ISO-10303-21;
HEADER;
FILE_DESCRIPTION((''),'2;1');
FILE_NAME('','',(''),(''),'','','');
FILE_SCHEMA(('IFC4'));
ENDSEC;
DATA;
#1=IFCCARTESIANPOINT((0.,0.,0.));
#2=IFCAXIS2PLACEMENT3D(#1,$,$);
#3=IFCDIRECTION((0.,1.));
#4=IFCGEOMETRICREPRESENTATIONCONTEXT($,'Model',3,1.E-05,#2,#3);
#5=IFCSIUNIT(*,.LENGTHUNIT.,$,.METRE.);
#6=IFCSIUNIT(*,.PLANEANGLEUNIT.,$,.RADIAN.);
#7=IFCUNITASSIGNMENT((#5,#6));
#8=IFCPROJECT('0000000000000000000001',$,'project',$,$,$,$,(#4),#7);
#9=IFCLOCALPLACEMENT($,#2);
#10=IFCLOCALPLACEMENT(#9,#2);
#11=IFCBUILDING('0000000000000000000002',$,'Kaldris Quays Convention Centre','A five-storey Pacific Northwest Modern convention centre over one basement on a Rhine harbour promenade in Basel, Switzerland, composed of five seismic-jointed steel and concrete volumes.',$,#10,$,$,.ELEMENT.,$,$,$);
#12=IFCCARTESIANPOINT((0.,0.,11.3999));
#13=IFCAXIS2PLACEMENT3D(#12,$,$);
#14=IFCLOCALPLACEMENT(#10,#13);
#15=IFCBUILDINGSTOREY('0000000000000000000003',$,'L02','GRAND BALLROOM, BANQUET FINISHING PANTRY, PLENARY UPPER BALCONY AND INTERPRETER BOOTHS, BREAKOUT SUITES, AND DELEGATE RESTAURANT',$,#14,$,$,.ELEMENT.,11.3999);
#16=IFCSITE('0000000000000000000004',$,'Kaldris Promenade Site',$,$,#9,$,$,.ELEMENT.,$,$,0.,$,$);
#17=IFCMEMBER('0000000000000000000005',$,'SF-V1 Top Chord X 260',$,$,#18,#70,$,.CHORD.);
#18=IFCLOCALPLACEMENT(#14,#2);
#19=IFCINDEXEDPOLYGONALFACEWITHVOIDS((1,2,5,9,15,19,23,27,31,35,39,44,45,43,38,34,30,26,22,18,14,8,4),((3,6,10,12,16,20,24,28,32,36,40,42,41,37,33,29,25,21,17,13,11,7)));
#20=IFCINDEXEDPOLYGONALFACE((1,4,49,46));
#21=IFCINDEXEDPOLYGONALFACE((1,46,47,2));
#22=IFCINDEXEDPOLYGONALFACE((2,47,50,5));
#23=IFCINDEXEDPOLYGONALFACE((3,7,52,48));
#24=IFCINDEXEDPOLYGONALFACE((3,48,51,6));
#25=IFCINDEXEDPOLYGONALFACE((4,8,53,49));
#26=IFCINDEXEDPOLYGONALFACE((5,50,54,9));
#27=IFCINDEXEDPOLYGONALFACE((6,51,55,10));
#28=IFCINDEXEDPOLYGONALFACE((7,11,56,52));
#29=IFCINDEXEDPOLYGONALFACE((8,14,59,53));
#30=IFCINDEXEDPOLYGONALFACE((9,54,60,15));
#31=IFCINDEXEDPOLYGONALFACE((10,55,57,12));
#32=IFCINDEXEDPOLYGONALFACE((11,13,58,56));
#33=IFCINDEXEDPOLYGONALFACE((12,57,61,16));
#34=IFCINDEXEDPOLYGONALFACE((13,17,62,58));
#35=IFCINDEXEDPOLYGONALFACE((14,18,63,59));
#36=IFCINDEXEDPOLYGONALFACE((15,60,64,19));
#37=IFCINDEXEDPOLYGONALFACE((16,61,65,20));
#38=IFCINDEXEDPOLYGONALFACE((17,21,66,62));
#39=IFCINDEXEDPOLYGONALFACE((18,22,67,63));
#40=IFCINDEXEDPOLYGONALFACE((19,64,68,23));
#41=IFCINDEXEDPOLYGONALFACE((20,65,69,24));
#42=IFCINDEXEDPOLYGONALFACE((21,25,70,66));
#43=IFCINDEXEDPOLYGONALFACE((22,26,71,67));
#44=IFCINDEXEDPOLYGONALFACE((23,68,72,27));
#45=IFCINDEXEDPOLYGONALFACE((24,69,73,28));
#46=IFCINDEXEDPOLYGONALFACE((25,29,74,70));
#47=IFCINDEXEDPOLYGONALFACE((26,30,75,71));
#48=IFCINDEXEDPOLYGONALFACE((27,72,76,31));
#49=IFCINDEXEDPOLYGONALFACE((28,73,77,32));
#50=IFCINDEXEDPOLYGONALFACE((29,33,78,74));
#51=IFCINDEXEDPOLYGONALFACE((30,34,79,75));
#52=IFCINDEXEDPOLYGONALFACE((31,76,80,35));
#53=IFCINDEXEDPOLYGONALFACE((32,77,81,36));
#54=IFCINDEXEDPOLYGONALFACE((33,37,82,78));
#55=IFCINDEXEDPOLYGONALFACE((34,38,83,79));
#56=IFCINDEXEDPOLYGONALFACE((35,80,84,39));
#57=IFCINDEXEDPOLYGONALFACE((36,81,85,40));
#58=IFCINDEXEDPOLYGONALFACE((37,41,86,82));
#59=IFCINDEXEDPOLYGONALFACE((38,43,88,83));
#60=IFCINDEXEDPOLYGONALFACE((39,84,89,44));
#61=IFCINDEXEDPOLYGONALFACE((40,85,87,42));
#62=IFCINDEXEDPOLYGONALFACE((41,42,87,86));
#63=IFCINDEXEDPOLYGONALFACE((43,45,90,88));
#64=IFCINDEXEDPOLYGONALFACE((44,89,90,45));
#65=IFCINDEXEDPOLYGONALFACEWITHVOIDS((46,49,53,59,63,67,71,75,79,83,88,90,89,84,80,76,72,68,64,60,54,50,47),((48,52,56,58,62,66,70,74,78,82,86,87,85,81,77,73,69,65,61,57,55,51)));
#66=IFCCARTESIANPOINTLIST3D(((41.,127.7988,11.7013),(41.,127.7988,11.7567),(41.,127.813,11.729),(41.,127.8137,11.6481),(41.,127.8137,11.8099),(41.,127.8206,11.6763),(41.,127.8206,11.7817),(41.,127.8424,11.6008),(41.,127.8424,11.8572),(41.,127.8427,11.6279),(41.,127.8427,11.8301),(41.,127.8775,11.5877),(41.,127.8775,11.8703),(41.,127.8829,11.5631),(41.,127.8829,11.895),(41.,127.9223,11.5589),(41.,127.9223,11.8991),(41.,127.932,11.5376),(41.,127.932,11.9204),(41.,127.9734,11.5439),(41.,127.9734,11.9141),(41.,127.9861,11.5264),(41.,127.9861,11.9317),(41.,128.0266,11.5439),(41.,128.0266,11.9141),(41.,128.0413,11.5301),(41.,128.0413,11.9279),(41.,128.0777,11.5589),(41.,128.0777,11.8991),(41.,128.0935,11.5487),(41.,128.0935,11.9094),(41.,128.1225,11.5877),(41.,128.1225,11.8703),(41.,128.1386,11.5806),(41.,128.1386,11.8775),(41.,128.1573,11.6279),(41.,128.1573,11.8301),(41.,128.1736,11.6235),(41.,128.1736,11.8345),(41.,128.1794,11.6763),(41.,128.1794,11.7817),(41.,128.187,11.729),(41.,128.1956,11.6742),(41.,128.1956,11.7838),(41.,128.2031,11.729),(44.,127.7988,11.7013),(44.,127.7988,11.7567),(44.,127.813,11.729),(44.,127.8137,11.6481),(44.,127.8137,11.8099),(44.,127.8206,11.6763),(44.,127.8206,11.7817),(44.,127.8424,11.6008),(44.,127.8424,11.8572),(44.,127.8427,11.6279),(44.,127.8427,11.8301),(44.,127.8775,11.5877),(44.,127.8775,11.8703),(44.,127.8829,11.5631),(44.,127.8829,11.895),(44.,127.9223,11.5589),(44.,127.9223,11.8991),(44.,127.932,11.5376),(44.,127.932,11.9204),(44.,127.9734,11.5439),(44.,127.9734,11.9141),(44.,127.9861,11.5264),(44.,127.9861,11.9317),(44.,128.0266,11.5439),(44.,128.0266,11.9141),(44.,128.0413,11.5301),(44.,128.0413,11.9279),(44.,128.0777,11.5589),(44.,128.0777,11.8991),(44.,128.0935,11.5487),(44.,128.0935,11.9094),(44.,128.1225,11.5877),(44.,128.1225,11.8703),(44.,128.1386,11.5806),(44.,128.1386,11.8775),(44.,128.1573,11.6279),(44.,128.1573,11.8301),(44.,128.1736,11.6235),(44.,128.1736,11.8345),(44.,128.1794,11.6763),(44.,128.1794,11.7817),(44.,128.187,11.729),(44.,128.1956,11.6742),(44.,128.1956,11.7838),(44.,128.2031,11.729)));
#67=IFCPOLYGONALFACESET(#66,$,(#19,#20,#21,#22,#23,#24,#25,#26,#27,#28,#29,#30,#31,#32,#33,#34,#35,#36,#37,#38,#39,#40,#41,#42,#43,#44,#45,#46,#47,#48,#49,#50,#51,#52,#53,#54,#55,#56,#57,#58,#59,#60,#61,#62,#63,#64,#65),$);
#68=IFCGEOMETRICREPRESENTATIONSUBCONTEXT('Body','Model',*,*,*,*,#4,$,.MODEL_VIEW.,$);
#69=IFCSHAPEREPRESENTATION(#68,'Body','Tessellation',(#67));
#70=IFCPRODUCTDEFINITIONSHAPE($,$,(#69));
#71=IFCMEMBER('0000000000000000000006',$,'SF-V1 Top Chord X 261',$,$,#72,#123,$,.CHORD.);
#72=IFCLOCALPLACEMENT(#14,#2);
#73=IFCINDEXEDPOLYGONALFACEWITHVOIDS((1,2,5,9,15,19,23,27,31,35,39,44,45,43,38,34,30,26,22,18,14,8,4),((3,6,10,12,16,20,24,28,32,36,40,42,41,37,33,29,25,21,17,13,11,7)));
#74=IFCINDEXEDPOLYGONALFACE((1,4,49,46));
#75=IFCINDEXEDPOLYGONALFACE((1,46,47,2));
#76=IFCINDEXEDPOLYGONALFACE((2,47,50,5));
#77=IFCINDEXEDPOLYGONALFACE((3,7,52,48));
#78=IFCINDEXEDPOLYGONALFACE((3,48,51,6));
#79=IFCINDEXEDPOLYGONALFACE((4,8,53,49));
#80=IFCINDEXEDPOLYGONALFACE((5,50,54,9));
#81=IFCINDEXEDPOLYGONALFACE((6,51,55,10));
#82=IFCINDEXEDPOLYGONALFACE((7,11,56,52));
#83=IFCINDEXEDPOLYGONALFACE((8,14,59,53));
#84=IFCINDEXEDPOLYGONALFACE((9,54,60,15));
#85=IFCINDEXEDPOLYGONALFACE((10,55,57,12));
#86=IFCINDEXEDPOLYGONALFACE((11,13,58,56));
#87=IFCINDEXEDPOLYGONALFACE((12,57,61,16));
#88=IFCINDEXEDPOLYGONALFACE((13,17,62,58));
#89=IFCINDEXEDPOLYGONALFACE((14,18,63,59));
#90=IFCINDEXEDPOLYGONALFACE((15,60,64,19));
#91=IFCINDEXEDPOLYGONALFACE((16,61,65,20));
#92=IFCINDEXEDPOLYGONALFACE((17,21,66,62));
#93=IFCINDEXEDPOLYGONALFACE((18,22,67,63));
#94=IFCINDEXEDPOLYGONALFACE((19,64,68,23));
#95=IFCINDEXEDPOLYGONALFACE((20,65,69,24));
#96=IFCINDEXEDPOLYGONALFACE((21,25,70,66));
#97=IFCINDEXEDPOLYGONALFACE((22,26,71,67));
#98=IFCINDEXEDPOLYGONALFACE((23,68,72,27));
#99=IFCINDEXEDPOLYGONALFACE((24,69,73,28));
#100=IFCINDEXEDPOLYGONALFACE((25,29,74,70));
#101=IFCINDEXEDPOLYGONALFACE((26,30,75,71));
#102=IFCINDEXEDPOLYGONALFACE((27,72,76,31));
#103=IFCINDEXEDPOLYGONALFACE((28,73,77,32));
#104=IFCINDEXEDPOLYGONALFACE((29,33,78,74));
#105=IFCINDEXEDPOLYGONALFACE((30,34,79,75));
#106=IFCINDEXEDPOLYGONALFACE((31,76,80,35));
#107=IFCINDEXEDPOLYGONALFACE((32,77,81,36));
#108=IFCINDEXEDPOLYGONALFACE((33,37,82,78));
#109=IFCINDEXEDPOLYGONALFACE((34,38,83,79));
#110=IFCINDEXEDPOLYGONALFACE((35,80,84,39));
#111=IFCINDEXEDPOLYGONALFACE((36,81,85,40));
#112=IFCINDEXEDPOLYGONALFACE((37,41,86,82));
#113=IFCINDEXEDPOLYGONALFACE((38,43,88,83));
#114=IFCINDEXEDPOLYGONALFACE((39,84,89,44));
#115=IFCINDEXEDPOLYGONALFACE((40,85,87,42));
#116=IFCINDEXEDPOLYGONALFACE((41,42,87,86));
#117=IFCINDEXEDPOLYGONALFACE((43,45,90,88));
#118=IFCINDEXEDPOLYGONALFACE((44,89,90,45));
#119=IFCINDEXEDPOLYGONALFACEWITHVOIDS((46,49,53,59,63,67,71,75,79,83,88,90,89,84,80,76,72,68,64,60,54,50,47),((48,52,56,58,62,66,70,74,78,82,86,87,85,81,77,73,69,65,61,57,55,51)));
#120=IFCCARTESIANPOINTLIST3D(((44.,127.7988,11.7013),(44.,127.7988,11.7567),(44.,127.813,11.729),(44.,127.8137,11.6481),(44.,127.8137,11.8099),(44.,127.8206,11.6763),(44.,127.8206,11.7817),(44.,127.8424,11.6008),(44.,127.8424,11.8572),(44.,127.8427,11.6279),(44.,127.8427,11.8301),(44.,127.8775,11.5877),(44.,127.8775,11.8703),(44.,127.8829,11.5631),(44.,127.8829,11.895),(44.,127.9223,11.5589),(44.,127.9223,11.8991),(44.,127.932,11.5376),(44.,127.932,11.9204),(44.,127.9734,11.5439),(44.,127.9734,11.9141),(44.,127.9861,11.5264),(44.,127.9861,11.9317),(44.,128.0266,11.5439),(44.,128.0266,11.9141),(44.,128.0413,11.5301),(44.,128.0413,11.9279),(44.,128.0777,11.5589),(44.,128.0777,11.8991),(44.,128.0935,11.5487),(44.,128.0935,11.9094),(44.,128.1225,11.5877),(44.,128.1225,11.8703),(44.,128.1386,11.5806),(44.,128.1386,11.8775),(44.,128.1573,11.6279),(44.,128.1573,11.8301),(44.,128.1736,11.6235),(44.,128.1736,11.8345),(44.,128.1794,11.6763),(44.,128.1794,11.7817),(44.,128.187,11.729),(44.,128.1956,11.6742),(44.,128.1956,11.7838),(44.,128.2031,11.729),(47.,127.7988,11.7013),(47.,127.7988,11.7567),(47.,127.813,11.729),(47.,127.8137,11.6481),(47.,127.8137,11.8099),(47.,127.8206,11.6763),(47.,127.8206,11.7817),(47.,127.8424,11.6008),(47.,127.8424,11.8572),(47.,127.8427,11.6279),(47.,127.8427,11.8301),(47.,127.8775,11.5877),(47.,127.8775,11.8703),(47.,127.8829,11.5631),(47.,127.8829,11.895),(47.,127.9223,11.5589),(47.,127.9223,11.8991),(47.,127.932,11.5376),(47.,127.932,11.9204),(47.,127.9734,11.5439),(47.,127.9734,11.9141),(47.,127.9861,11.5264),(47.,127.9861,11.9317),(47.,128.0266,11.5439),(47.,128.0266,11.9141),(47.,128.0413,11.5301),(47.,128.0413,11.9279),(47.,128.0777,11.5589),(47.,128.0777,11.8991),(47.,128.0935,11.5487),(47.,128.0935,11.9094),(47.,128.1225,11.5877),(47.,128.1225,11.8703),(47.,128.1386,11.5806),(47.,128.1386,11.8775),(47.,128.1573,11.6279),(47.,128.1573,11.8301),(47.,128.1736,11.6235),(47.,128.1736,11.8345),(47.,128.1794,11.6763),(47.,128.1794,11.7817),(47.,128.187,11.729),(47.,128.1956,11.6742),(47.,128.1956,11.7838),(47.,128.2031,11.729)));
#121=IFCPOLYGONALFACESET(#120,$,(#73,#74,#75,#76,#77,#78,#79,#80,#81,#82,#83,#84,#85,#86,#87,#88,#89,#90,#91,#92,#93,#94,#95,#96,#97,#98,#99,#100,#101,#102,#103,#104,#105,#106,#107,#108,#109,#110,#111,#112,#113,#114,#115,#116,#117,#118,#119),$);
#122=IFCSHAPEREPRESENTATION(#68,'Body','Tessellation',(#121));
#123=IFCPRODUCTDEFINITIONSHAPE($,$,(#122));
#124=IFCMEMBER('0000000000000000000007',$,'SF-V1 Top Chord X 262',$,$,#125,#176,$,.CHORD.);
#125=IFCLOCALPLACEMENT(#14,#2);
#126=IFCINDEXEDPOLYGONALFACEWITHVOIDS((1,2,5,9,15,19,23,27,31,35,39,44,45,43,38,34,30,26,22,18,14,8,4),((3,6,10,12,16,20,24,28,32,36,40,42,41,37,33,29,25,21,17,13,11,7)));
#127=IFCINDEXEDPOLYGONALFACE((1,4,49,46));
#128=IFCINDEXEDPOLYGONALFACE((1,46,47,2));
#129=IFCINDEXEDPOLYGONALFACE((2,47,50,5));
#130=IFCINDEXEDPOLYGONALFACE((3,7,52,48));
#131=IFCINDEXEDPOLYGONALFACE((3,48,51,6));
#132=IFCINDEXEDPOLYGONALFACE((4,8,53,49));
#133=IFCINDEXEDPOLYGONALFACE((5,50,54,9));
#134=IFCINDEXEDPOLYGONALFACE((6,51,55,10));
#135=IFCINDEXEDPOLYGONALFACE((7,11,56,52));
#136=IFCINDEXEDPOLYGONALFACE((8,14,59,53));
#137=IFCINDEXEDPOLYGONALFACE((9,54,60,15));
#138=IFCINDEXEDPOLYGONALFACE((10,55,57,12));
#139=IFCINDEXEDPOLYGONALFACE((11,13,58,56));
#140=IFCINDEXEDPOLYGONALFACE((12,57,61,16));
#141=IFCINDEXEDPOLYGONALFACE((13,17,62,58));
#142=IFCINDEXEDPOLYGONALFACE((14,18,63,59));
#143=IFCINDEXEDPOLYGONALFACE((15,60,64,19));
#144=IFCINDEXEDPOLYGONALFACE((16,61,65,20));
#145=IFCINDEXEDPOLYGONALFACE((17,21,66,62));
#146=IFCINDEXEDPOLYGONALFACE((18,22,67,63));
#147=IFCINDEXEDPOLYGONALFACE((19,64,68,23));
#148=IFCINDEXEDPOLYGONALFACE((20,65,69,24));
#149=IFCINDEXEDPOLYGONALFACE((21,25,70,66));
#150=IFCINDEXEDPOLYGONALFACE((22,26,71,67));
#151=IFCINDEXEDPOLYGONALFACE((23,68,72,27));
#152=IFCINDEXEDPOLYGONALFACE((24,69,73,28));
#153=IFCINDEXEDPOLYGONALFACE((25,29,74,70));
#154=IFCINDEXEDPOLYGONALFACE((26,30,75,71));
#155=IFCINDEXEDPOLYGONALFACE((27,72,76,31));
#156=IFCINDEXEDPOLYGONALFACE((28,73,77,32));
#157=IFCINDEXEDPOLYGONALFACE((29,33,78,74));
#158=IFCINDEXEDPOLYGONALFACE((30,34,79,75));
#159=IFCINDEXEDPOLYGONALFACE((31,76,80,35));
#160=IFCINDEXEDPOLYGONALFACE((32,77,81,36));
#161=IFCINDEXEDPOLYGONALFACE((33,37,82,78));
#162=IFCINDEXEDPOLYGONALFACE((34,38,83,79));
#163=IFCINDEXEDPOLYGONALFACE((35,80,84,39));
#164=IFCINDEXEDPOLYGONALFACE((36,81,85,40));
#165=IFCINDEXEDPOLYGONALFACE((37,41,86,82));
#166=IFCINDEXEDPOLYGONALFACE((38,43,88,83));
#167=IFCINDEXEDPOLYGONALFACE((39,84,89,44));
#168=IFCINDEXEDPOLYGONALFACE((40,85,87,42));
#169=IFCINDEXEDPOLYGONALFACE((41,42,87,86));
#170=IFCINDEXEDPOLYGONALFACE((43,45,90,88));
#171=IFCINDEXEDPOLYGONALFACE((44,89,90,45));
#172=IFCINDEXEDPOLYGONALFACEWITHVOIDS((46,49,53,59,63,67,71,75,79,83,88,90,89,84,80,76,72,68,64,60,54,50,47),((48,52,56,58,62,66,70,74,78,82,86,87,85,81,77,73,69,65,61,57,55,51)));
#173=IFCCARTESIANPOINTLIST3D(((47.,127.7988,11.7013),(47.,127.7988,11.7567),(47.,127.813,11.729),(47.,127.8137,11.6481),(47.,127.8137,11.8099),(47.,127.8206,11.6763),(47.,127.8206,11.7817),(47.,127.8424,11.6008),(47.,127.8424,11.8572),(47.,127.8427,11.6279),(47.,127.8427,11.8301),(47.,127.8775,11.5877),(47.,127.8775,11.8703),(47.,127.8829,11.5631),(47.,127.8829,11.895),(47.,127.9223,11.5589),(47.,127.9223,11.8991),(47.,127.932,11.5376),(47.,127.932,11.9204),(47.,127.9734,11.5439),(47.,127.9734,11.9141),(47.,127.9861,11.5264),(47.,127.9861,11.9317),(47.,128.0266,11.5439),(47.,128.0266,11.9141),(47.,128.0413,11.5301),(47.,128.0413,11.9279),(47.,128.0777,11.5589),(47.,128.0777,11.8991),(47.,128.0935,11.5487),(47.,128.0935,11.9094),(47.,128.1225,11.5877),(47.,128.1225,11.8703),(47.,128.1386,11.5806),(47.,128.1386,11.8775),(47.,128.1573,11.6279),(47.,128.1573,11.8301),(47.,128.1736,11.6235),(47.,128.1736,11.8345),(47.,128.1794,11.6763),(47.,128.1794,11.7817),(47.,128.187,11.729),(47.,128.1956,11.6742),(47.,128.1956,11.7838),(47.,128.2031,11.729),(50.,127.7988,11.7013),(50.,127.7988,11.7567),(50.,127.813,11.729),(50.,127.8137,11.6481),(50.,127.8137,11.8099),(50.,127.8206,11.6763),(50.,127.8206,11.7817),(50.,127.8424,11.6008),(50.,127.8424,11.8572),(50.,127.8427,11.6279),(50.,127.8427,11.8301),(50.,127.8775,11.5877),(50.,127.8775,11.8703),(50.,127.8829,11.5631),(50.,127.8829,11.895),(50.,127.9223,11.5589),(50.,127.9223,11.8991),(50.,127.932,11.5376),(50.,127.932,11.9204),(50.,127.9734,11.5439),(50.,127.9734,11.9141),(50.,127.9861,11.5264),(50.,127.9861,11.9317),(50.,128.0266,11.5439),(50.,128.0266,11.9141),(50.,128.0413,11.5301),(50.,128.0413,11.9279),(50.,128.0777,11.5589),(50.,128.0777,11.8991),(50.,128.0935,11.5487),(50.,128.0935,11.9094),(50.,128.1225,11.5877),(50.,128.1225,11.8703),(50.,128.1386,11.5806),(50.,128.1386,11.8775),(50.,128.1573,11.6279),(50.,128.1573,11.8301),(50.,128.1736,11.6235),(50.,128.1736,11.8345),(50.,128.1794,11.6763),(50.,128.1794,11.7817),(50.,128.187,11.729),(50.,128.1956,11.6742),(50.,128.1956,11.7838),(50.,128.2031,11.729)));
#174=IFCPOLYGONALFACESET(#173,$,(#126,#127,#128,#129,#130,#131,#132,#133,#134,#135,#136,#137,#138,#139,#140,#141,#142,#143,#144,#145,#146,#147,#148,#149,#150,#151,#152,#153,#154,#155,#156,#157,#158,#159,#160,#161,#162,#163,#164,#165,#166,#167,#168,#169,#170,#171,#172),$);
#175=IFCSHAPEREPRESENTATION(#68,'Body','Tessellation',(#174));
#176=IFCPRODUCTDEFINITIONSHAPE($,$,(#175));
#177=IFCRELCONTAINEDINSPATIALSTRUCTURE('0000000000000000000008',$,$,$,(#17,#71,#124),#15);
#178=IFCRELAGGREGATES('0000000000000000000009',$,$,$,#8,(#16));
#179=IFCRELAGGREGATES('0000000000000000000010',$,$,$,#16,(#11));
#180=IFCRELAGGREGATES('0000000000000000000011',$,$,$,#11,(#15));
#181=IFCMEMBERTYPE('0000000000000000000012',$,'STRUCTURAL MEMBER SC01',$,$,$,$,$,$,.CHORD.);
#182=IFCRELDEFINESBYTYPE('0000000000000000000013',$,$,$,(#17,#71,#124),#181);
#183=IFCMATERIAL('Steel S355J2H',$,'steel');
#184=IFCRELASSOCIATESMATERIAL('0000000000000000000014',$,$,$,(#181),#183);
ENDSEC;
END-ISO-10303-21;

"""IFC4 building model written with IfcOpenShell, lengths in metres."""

from ifc_helpers import new_model, si_unit, direction, frame, origin, origin_2d, place, context, subcontext, project, spatial, hollow_circle, extrude, material, material_profile, profile_set, type_object, element, save


model = new_model("IFC4")

# Units and contexts
model_context = context("Model", 3, precision=1e-05, world=origin(), true_north=direction((0.0, 1.0)))
body_context = subcontext(model_context, "Body", "Model", "MODEL_VIEW")
ifc_project = project(units=[si_unit("LENGTHUNIT", "METRE"), si_unit("PLANEANGLEUNIT", "RADIAN")], contexts=[model_context])

# Site, building, storey
site_placement = place(None, origin())
site = spatial("IfcSite", under=ifc_project, at=site_placement, Name="Kaldris Promenade Site", CompositionType="ELEMENT", RefElevation=0.0)
building_placement = place(site_placement, origin())
building = spatial("IfcBuilding", under=site, at=building_placement, Name="Kaldris Quays Convention Centre", Description="A five-storey Pacific Northwest Modern convention centre over one basement on a Rhine harbour promenade in Basel, Switzerland, composed of five seismic-jointed steel and concrete volumes.", CompositionType="ELEMENT")
storey_placement = place(building_placement, frame((0.0, 0.0, 11.3999)))
storey = spatial("IfcBuildingStorey", under=building, at=storey_placement, Name="L02", Description="GRAND BALLROOM, BANQUET FINISHING PANTRY, PLENARY UPPER BALCONY AND INTERPRETER BOOTHS, BREAKOUT SUITES, AND DELEGATE RESTAURANT", CompositionType="ELEMENT", Elevation=11.3999)

# Members
ifc_material = material(Name="Steel S355J2H", Category="steel")
ifc_material_profile_1 = material_profile(ifc_material, hollow_circle(Radius=0.2031, WallThickness=0.0161, at=origin_2d()), Name="CHS 406.4x16")
ifc_profile_set_1 = profile_set([ifc_material_profile_1], Name="Steel S355J2H")
member_type_1 = type_object("IfcMemberType", Name="STRUCTURAL MEMBER SC01", PredefinedType="CHORD", material=ifc_profile_set_1)
for number, where, z_axis, x_axis, name in (
    (1, (41.0, 128.0, 11.729), (1.0, 0.0, 0.0), (0.0, 1.0, 0.0), "SF-V1 Top Chord X 260"),
    (2, (44.0, 128.0, 11.729), (1.0, 0.0, 0.0), (0.0, 1.0, 0.0), "SF-V1 Top Chord X 261"),
    (3, (47.0, 128.0, 11.729), (1.0, 0.0, 0.0), (0.0, 1.0, 0.0), "SF-V1 Top Chord X 262"),
):
    element("IfcMember", number, at=place(storey_placement, frame(where, z_axis=z_axis, x_axis=x_axis)), inside=storey, type_object=member_type_1, Name=name, PredefinedType="CHORD", context=body_context, shape_type="SweptSolid", body=[
        extrude(hollow_circle(Radius=0.2031, WallThickness=0.0161, at=origin_2d()), origin(), (0.0, 0.0, 1.0), 3.0),
    ])

save(model, "model.ifc")
